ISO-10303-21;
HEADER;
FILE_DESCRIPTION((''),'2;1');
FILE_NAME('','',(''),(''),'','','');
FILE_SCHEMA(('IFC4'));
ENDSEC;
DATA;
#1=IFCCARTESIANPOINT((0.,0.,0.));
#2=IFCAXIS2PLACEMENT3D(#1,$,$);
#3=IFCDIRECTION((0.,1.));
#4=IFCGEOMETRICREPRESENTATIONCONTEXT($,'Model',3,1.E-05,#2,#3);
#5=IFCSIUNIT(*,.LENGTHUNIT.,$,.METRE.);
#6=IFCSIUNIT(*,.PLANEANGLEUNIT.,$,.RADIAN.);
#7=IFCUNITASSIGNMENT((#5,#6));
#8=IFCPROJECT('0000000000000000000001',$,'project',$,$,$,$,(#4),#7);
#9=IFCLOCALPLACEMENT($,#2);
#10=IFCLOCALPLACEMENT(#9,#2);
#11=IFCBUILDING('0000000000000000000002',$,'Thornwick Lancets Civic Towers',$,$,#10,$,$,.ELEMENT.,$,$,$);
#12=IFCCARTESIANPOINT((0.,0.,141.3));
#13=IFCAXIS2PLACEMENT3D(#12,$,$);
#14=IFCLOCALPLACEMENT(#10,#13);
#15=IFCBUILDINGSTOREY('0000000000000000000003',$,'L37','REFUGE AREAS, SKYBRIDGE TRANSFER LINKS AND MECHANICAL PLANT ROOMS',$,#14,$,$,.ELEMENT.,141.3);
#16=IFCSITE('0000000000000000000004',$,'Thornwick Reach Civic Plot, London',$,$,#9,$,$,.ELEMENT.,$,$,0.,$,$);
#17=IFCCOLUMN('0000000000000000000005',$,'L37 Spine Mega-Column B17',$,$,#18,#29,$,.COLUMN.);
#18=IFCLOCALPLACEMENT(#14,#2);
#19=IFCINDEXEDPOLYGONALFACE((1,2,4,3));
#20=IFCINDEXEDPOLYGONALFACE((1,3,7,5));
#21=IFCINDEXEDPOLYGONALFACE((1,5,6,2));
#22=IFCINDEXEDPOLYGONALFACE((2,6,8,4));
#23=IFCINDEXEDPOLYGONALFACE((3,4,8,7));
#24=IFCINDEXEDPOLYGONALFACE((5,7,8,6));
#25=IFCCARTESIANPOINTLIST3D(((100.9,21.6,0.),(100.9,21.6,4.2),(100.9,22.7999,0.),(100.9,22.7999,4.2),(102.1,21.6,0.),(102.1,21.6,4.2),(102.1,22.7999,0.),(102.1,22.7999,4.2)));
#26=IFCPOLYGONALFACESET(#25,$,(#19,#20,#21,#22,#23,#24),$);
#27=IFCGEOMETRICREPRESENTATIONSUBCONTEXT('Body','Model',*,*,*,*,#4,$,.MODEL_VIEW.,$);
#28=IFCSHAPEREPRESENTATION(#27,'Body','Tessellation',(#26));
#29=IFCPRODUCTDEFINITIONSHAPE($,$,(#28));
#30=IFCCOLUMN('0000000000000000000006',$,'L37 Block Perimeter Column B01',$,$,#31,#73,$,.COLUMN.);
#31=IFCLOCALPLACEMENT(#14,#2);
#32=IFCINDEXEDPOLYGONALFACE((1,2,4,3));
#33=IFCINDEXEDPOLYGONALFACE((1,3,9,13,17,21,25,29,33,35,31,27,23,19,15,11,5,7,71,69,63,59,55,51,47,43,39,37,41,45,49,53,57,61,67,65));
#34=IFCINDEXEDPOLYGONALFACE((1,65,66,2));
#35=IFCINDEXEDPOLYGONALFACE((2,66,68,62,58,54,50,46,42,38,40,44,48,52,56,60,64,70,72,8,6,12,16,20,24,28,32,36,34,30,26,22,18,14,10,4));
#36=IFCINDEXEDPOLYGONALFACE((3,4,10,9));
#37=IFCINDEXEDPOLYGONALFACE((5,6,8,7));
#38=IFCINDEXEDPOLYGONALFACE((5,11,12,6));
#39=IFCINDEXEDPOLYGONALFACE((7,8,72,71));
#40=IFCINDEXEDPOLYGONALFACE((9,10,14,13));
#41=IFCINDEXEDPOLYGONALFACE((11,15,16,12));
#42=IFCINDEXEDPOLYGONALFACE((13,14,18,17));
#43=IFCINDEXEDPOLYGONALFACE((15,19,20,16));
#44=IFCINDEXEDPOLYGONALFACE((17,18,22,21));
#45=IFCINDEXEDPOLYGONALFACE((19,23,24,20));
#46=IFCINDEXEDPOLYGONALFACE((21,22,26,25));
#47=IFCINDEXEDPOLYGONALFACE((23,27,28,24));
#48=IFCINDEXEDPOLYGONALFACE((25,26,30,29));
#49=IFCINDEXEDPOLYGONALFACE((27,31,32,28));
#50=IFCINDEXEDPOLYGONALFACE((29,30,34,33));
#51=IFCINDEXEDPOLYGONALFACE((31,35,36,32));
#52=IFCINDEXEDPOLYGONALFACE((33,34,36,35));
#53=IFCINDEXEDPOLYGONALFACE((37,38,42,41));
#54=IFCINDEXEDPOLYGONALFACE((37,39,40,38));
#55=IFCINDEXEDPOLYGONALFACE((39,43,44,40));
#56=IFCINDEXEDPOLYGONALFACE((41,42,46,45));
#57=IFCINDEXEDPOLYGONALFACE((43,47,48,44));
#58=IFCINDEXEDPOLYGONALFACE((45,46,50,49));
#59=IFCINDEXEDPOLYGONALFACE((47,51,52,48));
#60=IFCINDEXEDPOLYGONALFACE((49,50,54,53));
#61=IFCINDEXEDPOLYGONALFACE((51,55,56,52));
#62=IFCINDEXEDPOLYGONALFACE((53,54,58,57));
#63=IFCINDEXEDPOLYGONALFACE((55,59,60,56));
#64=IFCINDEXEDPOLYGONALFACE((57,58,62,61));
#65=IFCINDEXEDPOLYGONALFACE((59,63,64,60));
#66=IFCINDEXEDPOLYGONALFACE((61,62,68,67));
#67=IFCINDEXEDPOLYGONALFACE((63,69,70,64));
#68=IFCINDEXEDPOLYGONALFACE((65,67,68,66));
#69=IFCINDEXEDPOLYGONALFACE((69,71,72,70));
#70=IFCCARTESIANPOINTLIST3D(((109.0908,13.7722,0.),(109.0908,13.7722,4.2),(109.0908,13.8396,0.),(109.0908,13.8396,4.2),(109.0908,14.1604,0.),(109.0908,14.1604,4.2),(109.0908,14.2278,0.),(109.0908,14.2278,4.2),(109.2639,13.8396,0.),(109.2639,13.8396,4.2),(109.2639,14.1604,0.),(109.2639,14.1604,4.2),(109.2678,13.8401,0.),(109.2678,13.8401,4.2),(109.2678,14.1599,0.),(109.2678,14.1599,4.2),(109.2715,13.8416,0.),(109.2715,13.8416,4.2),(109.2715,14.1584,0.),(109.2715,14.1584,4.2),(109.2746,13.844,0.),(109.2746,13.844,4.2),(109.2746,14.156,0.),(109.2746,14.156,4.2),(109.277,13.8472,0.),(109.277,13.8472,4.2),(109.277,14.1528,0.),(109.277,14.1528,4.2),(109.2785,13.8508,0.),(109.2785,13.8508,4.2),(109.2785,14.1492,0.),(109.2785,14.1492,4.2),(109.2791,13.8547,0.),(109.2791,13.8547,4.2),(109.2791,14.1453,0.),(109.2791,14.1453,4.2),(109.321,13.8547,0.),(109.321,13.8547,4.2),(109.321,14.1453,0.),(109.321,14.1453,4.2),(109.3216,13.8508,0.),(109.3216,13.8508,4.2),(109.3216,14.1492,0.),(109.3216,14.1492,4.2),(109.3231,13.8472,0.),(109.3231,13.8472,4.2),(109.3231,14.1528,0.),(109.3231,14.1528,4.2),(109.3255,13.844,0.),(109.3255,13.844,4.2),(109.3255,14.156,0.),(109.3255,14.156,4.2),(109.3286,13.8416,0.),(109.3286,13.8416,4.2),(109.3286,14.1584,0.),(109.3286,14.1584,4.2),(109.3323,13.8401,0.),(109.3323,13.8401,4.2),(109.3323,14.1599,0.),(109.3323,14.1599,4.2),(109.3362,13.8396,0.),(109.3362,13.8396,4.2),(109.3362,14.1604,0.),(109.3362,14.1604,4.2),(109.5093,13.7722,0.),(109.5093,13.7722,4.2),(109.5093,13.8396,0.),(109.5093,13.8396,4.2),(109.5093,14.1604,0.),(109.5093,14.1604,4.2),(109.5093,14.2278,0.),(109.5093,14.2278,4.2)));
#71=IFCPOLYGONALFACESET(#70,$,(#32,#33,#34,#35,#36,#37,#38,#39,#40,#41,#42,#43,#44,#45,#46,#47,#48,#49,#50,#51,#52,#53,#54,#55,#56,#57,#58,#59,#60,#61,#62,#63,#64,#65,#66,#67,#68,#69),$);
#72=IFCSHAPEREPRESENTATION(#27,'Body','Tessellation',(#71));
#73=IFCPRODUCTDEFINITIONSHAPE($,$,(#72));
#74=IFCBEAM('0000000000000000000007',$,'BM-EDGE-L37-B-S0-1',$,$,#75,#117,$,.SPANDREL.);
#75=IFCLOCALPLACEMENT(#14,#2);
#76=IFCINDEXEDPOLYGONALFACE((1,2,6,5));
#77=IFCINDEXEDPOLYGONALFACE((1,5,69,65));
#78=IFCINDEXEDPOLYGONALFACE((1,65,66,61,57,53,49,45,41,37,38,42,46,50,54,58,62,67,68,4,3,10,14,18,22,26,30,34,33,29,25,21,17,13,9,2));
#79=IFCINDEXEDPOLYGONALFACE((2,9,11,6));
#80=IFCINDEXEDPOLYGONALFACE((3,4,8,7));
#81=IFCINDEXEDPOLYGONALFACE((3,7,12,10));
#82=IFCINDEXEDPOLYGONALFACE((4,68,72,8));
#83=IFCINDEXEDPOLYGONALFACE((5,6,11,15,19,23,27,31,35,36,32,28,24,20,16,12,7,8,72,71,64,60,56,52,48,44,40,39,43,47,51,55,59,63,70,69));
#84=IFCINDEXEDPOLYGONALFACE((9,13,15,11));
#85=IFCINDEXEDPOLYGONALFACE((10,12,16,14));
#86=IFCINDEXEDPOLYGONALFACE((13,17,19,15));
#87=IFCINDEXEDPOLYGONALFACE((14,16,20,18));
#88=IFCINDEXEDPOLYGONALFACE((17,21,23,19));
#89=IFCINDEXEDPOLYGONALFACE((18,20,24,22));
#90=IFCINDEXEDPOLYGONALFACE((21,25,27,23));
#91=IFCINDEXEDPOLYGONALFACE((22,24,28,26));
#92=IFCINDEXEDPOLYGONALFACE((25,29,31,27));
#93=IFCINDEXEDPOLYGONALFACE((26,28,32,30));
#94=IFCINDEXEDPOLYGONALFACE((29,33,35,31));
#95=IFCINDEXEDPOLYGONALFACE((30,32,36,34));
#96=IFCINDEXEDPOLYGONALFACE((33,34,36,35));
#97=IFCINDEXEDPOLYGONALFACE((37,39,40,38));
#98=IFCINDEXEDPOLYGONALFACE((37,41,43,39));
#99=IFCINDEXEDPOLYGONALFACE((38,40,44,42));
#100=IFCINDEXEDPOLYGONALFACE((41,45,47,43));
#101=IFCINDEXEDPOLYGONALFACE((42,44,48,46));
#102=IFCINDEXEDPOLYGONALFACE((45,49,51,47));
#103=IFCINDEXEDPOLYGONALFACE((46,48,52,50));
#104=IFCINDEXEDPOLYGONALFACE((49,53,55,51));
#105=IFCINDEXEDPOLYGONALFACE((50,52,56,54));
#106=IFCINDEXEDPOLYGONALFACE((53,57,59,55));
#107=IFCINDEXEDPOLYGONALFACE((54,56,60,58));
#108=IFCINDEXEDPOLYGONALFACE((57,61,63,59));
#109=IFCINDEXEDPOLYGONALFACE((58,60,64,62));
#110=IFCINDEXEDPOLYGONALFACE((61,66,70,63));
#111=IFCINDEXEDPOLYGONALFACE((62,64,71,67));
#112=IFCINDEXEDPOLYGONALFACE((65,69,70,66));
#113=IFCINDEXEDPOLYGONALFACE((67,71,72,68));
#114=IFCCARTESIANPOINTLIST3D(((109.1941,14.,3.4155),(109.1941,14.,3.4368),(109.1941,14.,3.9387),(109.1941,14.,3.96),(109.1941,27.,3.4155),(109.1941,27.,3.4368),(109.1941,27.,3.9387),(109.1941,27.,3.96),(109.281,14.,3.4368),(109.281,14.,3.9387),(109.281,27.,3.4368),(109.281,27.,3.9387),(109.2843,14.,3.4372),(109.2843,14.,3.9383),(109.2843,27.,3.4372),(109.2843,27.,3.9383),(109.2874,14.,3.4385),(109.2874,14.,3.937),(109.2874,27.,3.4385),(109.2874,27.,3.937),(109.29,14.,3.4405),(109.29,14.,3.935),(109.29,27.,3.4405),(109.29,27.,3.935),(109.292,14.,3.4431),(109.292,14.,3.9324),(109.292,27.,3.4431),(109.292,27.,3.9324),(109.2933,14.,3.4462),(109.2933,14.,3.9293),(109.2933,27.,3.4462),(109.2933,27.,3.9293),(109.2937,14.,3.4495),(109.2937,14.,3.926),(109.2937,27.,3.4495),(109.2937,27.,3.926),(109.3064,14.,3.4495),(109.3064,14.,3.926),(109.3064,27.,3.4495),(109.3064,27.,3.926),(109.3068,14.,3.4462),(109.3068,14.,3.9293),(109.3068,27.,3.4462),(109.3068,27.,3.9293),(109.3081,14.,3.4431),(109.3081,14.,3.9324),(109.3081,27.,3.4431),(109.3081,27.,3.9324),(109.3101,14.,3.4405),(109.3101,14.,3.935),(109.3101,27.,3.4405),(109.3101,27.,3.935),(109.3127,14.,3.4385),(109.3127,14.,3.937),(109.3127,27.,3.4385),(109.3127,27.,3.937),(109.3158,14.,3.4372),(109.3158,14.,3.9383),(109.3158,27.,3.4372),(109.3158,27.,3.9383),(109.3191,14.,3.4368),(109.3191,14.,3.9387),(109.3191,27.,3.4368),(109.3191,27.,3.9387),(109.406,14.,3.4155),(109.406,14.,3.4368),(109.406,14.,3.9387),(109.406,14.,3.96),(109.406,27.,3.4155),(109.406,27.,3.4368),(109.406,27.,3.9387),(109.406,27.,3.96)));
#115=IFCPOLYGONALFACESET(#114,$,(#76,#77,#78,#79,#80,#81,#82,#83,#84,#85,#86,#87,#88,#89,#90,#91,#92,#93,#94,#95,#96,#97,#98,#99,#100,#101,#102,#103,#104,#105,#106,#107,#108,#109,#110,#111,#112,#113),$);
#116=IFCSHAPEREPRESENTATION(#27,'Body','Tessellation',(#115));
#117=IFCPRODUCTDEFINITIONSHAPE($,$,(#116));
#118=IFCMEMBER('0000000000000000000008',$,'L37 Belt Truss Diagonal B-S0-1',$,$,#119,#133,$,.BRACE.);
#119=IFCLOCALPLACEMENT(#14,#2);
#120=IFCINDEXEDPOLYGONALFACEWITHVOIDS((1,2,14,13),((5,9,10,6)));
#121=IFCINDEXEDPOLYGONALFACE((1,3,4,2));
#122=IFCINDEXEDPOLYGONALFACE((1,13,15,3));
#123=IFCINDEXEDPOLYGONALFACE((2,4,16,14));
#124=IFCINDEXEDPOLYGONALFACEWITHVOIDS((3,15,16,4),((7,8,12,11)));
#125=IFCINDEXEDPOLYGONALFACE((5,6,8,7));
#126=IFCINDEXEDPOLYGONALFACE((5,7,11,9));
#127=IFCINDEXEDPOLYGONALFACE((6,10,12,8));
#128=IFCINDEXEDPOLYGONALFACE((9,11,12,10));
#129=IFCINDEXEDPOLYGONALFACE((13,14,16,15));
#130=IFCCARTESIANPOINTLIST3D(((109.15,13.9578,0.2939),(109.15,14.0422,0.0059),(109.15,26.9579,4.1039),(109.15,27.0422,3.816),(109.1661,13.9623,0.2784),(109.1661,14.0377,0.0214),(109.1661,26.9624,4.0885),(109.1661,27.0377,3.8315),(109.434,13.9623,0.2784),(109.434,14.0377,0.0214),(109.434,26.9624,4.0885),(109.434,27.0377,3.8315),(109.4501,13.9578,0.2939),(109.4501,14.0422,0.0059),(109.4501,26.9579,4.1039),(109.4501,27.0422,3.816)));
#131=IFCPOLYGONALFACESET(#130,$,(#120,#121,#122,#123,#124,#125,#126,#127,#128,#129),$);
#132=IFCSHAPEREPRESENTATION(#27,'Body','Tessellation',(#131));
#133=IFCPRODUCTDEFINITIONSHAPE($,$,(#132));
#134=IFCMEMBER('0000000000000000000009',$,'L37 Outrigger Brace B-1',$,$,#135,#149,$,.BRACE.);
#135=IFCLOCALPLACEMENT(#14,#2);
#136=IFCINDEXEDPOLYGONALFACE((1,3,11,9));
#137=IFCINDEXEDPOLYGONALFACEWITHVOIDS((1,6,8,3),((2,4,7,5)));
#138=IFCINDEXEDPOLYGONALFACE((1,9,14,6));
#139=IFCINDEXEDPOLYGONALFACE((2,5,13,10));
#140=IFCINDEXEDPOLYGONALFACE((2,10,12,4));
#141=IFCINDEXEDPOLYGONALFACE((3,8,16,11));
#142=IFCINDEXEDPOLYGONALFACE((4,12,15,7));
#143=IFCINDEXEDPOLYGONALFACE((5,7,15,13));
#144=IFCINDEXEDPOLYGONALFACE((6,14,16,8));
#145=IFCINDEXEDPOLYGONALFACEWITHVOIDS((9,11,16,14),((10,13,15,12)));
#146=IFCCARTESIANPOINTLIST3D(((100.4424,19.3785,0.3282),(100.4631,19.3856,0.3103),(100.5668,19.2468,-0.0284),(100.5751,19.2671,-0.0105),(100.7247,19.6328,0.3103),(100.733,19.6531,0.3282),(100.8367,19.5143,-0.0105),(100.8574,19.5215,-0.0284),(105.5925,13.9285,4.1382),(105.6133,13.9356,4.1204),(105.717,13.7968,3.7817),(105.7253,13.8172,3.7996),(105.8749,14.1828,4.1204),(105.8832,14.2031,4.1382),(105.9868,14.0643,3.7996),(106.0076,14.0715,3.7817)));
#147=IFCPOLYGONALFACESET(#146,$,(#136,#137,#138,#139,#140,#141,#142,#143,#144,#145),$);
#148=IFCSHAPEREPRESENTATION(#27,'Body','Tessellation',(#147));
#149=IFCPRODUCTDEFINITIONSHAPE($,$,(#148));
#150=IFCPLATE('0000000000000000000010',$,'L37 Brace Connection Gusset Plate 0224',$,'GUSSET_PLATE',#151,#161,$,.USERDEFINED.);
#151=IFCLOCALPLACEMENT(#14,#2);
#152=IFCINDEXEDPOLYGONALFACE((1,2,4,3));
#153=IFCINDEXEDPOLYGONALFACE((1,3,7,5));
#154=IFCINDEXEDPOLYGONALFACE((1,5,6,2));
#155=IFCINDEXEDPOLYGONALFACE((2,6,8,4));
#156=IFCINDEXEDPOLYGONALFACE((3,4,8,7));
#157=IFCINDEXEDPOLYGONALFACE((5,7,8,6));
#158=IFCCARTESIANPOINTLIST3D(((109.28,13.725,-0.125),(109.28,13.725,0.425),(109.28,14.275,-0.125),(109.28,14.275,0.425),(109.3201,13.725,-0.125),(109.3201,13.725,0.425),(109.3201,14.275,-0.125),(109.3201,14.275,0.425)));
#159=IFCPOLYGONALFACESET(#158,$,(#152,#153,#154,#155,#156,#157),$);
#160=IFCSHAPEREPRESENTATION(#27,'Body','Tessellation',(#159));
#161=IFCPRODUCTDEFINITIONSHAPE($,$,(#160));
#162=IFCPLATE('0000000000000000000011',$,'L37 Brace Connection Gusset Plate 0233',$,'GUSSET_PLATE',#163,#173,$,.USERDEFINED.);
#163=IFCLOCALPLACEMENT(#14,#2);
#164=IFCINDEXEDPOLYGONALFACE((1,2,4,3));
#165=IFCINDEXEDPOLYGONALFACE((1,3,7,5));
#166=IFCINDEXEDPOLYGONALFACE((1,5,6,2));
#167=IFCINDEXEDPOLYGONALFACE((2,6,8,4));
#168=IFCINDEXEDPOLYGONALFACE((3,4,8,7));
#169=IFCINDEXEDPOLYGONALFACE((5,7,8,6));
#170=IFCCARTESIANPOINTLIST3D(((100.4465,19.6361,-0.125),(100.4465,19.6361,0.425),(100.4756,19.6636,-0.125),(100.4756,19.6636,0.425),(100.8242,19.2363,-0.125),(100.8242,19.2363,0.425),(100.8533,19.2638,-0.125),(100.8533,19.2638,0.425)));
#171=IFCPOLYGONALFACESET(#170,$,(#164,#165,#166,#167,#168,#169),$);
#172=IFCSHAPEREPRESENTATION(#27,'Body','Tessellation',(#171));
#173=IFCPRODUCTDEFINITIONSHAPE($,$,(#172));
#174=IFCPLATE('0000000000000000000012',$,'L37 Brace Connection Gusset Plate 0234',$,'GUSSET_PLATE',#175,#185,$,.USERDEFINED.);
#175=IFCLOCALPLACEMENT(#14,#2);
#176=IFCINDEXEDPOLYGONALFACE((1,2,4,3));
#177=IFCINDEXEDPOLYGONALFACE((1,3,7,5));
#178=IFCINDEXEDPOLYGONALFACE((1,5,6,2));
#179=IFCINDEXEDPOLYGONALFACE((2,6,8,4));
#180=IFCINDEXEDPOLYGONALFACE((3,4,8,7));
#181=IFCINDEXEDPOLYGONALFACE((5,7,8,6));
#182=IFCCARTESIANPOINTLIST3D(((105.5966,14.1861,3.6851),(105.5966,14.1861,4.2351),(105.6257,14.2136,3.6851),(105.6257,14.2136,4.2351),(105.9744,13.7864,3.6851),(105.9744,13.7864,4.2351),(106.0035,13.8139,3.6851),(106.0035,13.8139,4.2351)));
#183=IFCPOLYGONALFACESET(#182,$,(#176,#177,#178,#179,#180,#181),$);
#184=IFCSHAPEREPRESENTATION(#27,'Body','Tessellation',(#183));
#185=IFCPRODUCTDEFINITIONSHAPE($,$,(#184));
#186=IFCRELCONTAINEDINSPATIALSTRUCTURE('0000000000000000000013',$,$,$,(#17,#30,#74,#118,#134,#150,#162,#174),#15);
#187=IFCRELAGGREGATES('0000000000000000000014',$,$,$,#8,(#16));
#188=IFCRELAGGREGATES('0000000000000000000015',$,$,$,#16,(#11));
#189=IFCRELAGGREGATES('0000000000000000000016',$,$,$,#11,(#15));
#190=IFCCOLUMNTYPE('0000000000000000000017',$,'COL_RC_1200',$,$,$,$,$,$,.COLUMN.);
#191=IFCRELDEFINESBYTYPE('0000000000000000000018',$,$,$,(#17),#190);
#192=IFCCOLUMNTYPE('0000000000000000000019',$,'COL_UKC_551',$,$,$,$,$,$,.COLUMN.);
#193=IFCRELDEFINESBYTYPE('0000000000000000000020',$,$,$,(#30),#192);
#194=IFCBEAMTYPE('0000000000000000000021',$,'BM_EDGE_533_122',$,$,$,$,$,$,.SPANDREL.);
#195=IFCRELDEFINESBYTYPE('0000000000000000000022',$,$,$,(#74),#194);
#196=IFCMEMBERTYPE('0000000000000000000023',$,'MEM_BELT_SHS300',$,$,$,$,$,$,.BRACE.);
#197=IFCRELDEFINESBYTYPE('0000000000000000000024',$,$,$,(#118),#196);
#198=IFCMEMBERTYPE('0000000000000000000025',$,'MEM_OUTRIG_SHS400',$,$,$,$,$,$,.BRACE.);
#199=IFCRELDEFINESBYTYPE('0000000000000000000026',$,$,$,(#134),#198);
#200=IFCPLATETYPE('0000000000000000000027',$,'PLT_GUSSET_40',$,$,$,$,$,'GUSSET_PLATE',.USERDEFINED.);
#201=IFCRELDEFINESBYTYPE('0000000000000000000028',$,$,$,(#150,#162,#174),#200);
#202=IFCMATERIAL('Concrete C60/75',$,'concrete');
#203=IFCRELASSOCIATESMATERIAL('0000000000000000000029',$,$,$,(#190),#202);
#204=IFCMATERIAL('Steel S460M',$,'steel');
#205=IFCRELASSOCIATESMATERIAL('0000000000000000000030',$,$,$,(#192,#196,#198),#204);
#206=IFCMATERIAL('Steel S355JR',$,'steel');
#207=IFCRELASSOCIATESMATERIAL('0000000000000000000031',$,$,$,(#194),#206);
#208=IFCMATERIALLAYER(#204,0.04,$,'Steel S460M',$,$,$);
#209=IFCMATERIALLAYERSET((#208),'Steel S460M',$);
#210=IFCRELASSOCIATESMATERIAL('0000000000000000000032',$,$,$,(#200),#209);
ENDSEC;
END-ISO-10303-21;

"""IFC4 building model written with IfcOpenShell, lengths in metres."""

from ifc_helpers import new_model, si_unit, direction, frame, origin, origin_2d, place, context, subcontext, project, spatial, rectangle, hollow_rectangle, i_section, extrude, material, layer, layer_set, material_profile, profile_set, type_object, element, save


model = new_model("IFC4")

# Units and contexts
model_context = context("Model", 3, precision=1e-05, world=origin(), true_north=direction((0.0, 1.0)))
body_context = subcontext(model_context, "Body", "Model", "MODEL_VIEW")
ifc_project = project(units=[si_unit("LENGTHUNIT", "METRE"), si_unit("PLANEANGLEUNIT", "RADIAN")], contexts=[model_context])

# Site, building, storey
site_placement = place(None, origin())
site = spatial("IfcSite", under=ifc_project, at=site_placement, Name="Thornwick Reach Civic Plot, London", CompositionType="ELEMENT", RefElevation=0.0)
building_placement = place(site_placement, origin())
building = spatial("IfcBuilding", under=site, at=building_placement, Name="Thornwick Lancets Civic Towers", CompositionType="ELEMENT")
storey_placement = place(building_placement, frame((0.0, 0.0, 141.3)))
storey = spatial("IfcBuildingStorey", under=building, at=storey_placement, Name="L37", Description="REFUGE AREAS, SKYBRIDGE TRANSFER LINKS AND MECHANICAL PLANT ROOMS", CompositionType="ELEMENT", Elevation=141.3)

# Columns
ifc_material_1 = material(Name="Concrete C60/75", Category="concrete")
ifc_material_profile_1 = material_profile(ifc_material_1, rectangle(XDim=1.2, YDim=1.2, at=origin_2d()), Name="RC 1200x1200")
ifc_profile_set_1 = profile_set([ifc_material_profile_1], Name="Concrete C60/75")
column_type_1 = type_object("IfcColumnType", Name="COL_RC_1200", PredefinedType="COLUMN", material=ifc_profile_set_1)
column_1_placement = place(storey_placement, frame((101.5, 22.2, 0.0), z_axis=(0.0, 0.0, 1.0), x_axis=(1.0, 0.0, 0.0)))
element("IfcColumn", 1, at=column_1_placement, inside=storey, type_object=column_type_1, Name="L37 Spine Mega-Column B17", PredefinedType="COLUMN", context=body_context, shape_type="SweptSolid", body=[
    extrude(rectangle(XDim=1.2, YDim=1.2, at=origin_2d()), origin(), (0.0, 0.0, 1.0), 4.2),
])
ifc_material_2 = material(Name="Steel S460M", Category="steel")
ifc_material_profile_2 = material_profile(ifc_material_2, i_section(OverallWidth=0.4185, OverallDepth=0.4556, WebThickness=0.042, FlangeThickness=0.0674, FilletRadius=0.0151, at=origin_2d()), Name="UKC 356x406x551")
ifc_profile_set_2 = profile_set([ifc_material_profile_2], Name="Steel S460M")
column_type_2 = type_object("IfcColumnType", Name="COL_UKC_551", PredefinedType="COLUMN", material=ifc_profile_set_2)
column_2_placement = place(storey_placement, frame((109.3, 14.0, 0.0), z_axis=(0.0, 0.0, 1.0), x_axis=(1.0, 0.0, 0.0)))
element("IfcColumn", 2, at=column_2_placement, inside=storey, type_object=column_type_2, Name="L37 Block Perimeter Column B01", PredefinedType="COLUMN", context=body_context, shape_type="SweptSolid", body=[
    extrude(i_section(OverallWidth=0.4185, OverallDepth=0.4556, WebThickness=0.042, FlangeThickness=0.0674, FilletRadius=0.0151, at=origin_2d()), origin(), (0.0, 0.0, 1.0), 4.2),
])

# Beam
ifc_material_3 = material(Name="Steel S355JR", Category="steel")
ifc_material_profile_3 = material_profile(ifc_material_3, i_section(OverallWidth=0.2119, OverallDepth=0.5444, WebThickness=0.0127, FlangeThickness=0.0212, FilletRadius=0.0127, at=origin_2d()), Name="UKB 533x210x122")
ifc_profile_set_3 = profile_set([ifc_material_profile_3], Name="Steel S355JR")
beam_type = type_object("IfcBeamType", Name="BM_EDGE_533_122", PredefinedType="SPANDREL", material=ifc_profile_set_3)
beam_placement = place(storey_placement, frame((109.3, 14.0, 3.6877), z_axis=(0.0, 1.0, 0.0), x_axis=(-1.0, 0.0, 0.0)))
element("IfcBeam", 3, at=beam_placement, inside=storey, type_object=beam_type, Name="BM-EDGE-L37-B-S0-1", PredefinedType="SPANDREL", context=body_context, shape_type="SweptSolid", body=[
    extrude(i_section(OverallWidth=0.2119, OverallDepth=0.5444, WebThickness=0.0127, FlangeThickness=0.0212, FilletRadius=0.0127, at=origin_2d()), origin(), (0.0, 0.0, 1.0), 13.0),
])

# Members
ifc_material_profile_4 = material_profile(ifc_material_2, hollow_rectangle(XDim=0.3, YDim=0.3, WallThickness=0.0161, at=origin_2d()), Name="SHS 300x300x16")
ifc_profile_set_4 = profile_set([ifc_material_profile_4], Name="Steel S460M")
member_type_1 = type_object("IfcMemberType", Name="MEM_BELT_SHS300", PredefinedType="BRACE", material=ifc_profile_set_4)
member_1_placement = place(storey_placement, frame((109.3, 14.0, 0.1499), z_axis=(0.0, 0.959634, 0.281251), x_axis=(-1.0, 0.0, 0.0)))
element("IfcMember", 4, at=member_1_placement, inside=storey, type_object=member_type_1, Name="L37 Belt Truss Diagonal B-S0-1", PredefinedType="BRACE", context=body_context, shape_type="SweptSolid", body=[
    extrude(hollow_rectangle(XDim=0.3, YDim=0.3, WallThickness=0.0161, at=origin_2d()), origin(), (0.0, 0.0, 1.0), 13.5469),
])
ifc_material_profile_5 = material_profile(ifc_material_2, hollow_rectangle(XDim=0.3999, YDim=0.3999, WallThickness=0.02, at=origin_2d()), Name="SHS 400x400x20")
ifc_profile_set_5 = profile_set([ifc_material_profile_5], Name="Steel S460M")
member_type_2 = type_object("IfcMemberType", Name="MEM_OUTRIG_SHS400", PredefinedType="BRACE", material=ifc_profile_set_5)
member_2_placement = place(storey_placement, frame((100.6499, 19.45, 0.1499), z_axis=(0.612321, -0.647966, 0.452993), x_axis=(0.726815, 0.686833, 0.0)))
element("IfcMember", 5, at=member_2_placement, inside=storey, type_object=member_type_2, Name="L37 Outrigger Brace B-1", PredefinedType="BRACE", context=body_context, shape_type="SweptSolid", body=[
    extrude(hollow_rectangle(XDim=0.3999, YDim=0.3999, WallThickness=0.02, at=origin_2d()), origin(), (0.0, 0.0, 1.0), 8.4109),
])

# Plates
ifc_layer_1 = layer(ifc_material_2, 0.04, Name="Steel S460M")
ifc_layer_set_1 = layer_set([ifc_layer_1], Name="Steel S460M")
plate_type = type_object("IfcPlateType", Name="PLT_GUSSET_40", ElementType="GUSSET_PLATE", PredefinedType="USERDEFINED", material=ifc_layer_set_1)
for number, where, z_axis, x_axis, name in (
    (6, (109.3, 14.0, -0.125), (0.0, 0.0, 1.0), (0.0, 1.0, 0.0), "L37 Brace Connection Gusset Plate 0224"),
    (7, (100.6499, 19.45, -0.125), (0.0, 0.0, 1.0), (0.686834, -0.726814, 0.0), "L37 Brace Connection Gusset Plate 0233"),
    (8, (105.8, 14.0, 3.6851), (0.0, 0.0, 1.0), (0.686834, -0.726814, 0.0), "L37 Brace Connection Gusset Plate 0234"),
):
    element("IfcPlate", number, at=place(storey_placement, frame(where, z_axis=z_axis, x_axis=x_axis)), inside=storey, type_object=plate_type, Name=name, ObjectType="GUSSET_PLATE", PredefinedType="USERDEFINED", context=body_context, shape_type="SweptSolid", body=[
        extrude(rectangle(XDim=0.55, YDim=0.04, at=origin_2d()), origin(), (0.0, 0.0, 1.0), 0.55),
    ])

save(model, "model.ifc")
